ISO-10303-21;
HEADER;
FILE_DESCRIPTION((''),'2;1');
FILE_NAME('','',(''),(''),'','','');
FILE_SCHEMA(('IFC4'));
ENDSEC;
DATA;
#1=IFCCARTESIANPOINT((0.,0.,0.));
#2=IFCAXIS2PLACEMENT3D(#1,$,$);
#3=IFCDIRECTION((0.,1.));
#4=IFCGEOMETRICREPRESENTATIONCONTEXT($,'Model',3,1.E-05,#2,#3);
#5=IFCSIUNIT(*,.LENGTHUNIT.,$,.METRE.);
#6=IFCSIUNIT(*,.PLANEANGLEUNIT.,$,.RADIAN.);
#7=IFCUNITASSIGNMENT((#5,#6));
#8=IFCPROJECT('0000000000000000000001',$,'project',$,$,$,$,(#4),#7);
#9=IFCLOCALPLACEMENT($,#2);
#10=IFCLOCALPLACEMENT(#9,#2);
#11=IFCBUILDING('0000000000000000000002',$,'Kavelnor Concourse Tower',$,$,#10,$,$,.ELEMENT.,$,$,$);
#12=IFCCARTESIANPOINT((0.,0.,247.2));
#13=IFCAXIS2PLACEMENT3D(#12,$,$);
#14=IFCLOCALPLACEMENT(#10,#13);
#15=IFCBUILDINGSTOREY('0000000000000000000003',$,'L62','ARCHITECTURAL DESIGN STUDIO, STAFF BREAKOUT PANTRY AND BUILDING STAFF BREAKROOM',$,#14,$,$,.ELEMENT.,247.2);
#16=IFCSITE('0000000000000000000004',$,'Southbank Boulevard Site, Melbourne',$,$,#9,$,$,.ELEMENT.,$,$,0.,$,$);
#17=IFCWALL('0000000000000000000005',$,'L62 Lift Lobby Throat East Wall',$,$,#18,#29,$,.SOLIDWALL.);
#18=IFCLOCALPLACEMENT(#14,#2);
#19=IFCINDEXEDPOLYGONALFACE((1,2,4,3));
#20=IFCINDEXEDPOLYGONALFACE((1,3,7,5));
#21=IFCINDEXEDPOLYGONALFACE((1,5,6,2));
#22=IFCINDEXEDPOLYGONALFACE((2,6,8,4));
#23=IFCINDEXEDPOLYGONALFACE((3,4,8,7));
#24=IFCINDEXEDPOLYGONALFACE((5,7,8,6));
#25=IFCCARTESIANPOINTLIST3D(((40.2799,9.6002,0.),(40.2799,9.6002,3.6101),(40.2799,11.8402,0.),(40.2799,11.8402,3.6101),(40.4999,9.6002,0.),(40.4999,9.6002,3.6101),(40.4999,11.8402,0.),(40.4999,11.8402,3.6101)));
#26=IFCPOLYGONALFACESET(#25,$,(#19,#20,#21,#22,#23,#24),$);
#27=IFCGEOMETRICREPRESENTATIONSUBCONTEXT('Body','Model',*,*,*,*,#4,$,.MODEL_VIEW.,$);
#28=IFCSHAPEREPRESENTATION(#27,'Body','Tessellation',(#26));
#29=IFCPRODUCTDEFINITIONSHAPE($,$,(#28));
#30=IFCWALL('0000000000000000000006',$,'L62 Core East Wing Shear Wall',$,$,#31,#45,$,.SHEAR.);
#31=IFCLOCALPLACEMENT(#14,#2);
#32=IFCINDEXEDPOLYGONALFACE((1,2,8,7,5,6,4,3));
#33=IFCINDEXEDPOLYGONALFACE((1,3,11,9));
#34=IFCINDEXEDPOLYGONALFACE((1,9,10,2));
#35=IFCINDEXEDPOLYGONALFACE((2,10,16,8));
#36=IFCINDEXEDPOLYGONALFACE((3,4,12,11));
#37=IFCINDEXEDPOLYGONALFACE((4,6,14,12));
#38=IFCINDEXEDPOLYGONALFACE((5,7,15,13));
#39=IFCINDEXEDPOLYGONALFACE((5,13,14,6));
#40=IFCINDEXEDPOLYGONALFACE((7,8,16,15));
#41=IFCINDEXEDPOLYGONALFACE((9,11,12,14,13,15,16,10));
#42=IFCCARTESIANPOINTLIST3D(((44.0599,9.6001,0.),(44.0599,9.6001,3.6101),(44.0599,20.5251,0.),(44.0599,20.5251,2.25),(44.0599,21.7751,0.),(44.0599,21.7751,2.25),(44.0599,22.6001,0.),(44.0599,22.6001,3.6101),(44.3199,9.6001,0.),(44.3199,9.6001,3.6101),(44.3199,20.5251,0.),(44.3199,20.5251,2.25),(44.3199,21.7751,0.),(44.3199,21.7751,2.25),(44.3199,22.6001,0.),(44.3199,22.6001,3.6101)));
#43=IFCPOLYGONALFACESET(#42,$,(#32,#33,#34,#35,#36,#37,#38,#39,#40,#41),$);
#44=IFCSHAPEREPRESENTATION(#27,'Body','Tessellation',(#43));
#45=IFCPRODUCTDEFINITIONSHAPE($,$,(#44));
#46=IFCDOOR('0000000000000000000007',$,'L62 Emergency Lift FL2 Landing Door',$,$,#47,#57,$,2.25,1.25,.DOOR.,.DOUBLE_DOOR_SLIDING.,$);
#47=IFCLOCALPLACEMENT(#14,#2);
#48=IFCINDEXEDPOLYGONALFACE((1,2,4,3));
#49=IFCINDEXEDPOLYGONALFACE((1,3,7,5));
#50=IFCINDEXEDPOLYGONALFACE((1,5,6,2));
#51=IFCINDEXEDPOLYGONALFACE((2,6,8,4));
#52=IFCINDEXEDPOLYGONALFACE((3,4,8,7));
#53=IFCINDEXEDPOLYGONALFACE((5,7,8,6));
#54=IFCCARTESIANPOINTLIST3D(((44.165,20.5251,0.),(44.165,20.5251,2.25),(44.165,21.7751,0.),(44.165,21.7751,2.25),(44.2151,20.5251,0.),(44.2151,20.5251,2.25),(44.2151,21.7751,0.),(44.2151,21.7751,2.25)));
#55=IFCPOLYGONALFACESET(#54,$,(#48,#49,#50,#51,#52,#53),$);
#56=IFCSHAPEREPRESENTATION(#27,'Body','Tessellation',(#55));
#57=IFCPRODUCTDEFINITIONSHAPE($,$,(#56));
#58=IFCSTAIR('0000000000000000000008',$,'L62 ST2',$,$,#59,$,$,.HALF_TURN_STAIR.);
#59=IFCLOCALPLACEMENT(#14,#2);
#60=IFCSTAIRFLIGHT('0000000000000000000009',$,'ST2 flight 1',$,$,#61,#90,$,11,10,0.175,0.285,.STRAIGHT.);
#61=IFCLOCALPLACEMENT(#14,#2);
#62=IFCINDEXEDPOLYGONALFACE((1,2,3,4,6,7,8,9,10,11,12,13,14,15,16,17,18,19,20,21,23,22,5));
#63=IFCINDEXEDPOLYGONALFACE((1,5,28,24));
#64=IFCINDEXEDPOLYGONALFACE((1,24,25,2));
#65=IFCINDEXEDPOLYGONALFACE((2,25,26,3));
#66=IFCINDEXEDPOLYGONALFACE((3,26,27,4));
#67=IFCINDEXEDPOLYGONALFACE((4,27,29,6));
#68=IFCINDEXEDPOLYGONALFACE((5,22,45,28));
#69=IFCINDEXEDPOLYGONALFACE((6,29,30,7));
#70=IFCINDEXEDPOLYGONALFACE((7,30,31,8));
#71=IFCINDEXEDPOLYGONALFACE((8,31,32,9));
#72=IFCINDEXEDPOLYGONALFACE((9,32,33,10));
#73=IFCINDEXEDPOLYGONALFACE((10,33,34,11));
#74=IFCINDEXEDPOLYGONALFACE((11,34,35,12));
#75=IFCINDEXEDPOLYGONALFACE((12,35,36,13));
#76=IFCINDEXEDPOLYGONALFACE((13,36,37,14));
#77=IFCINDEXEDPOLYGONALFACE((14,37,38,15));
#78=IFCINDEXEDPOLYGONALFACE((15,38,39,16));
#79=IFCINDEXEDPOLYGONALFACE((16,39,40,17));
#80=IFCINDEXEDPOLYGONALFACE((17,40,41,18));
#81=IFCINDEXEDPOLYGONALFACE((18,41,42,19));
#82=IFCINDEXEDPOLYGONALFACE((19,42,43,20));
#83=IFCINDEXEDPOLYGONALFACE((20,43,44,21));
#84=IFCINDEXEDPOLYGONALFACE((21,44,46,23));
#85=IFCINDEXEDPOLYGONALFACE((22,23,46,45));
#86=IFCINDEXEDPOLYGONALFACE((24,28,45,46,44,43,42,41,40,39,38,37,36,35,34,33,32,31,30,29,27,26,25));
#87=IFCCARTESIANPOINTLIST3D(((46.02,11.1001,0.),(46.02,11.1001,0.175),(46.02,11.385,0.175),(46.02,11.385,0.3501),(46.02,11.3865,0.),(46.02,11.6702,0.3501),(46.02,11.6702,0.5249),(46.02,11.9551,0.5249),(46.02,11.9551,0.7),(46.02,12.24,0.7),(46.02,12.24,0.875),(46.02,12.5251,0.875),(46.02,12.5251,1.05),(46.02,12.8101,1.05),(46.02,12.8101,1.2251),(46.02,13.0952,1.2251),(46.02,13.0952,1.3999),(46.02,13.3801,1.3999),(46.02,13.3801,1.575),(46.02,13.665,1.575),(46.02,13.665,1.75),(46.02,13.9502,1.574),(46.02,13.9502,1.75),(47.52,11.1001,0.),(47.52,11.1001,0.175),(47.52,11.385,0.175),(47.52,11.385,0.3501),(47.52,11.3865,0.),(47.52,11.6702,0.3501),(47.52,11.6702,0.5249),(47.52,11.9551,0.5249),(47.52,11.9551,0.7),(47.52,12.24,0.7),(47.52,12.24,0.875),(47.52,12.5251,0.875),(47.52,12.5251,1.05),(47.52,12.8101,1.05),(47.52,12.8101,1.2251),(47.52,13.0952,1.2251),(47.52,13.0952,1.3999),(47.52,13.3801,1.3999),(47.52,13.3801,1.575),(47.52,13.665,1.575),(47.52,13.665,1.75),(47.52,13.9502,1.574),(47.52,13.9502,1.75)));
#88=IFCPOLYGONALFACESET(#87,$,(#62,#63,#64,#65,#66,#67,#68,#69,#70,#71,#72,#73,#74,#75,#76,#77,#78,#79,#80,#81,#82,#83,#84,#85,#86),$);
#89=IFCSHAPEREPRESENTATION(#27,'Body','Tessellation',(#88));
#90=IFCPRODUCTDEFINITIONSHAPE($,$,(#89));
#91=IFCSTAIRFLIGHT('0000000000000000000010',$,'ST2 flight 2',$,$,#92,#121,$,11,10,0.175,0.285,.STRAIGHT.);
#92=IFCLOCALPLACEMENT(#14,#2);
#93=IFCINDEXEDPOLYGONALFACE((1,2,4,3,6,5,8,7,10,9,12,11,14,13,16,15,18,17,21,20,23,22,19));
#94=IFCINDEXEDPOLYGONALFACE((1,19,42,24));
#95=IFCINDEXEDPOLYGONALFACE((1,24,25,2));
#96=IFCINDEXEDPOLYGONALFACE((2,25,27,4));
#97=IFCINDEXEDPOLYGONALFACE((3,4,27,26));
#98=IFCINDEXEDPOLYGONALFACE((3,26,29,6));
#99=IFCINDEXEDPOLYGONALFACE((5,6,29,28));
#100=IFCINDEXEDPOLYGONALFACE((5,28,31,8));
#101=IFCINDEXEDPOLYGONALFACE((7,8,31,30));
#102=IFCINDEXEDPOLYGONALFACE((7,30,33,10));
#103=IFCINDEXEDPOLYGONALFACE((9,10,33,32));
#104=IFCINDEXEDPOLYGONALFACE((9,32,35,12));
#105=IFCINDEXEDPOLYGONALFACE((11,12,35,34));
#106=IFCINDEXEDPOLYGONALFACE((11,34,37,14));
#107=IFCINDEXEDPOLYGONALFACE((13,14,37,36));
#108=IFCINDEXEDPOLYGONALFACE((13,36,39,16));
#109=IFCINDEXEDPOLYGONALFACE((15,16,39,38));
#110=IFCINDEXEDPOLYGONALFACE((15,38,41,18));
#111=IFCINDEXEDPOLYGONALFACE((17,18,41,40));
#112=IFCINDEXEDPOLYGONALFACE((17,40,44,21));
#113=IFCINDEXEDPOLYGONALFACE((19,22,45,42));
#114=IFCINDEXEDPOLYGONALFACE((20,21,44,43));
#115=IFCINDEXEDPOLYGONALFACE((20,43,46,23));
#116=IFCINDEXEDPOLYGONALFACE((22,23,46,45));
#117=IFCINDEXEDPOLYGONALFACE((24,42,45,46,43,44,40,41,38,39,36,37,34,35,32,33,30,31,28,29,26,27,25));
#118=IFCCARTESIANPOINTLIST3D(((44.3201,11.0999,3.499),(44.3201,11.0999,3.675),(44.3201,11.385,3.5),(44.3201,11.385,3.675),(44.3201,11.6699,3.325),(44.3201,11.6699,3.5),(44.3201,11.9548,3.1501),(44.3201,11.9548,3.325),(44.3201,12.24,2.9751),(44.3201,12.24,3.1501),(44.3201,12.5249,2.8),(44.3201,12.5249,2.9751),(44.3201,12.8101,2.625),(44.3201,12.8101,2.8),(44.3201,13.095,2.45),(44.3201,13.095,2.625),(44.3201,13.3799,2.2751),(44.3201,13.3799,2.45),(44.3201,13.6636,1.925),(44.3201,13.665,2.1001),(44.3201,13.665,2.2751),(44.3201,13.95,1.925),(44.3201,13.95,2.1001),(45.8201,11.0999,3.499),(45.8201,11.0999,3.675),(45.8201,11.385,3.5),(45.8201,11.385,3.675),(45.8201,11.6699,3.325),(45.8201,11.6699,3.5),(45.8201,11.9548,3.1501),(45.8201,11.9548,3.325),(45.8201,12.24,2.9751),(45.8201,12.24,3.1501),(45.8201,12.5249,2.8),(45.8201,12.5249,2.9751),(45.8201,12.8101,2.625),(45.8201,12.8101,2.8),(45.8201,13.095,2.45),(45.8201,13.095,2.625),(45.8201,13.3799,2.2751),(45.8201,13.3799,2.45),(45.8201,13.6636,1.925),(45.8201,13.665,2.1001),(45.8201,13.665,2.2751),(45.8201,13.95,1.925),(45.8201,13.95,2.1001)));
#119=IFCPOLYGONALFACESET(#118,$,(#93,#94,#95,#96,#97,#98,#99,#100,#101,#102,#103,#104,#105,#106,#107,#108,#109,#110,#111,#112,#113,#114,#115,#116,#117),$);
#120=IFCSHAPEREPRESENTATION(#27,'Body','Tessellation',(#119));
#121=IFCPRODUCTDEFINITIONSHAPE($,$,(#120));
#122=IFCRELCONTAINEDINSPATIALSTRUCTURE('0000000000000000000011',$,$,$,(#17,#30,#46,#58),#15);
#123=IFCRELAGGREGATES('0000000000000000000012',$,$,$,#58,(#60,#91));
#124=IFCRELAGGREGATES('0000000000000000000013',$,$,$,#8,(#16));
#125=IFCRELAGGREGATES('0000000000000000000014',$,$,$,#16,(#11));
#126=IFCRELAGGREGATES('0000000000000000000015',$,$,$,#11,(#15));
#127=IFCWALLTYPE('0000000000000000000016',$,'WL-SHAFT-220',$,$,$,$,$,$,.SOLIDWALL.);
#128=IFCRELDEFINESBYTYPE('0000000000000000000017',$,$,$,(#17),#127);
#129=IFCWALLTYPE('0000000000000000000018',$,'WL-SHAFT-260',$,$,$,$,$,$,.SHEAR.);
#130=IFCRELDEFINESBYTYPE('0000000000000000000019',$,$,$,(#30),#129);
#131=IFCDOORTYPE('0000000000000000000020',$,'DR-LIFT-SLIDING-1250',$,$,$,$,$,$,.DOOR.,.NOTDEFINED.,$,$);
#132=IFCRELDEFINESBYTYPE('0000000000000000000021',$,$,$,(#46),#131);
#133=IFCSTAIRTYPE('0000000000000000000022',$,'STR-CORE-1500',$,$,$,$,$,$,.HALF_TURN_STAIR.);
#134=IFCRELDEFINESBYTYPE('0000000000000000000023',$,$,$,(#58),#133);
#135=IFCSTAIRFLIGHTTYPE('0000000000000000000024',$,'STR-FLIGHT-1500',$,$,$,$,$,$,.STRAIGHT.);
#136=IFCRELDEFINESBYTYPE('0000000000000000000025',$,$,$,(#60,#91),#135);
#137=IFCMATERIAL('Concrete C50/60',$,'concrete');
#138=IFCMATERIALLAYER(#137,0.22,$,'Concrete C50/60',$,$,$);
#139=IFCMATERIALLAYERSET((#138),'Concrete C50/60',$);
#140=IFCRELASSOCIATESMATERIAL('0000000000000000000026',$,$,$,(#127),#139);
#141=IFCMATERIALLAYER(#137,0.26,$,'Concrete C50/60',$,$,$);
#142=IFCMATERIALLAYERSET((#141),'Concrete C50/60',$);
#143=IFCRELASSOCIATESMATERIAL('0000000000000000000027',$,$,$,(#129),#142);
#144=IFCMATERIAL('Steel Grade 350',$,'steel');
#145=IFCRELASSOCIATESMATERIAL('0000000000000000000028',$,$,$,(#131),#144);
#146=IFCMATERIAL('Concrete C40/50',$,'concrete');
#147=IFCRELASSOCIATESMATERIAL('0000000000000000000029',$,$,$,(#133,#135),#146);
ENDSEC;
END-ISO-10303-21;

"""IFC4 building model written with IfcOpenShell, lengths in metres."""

from ifc_helpers import new_model, si_unit, direction, frame, frame_2d, origin, place, context, subcontext, project, spatial, polyline, rectangle, outline, extrude, material, layer, layer_set, type_object, element, fill, aggregate, save


model = new_model("IFC4")

# Units and contexts
model_context = context("Model", 3, precision=1e-05, world=origin(), true_north=direction((0.0, 1.0)))
body_context = subcontext(model_context, "Body", "Model", "MODEL_VIEW")
ifc_project = project(units=[si_unit("LENGTHUNIT", "METRE"), si_unit("PLANEANGLEUNIT", "RADIAN")], contexts=[model_context])

# Site, building, storey
site_placement = place(None, origin())
site = spatial("IfcSite", under=ifc_project, at=site_placement, Name="Southbank Boulevard Site, Melbourne", CompositionType="ELEMENT", RefElevation=0.0)
building_placement = place(site_placement, origin())
building = spatial("IfcBuilding", under=site, at=building_placement, Name="Kavelnor Concourse Tower", CompositionType="ELEMENT")
storey_placement = place(building_placement, frame((0.0, 0.0, 247.2)))
storey = spatial("IfcBuildingStorey", under=building, at=storey_placement, Name="L62", Description="ARCHITECTURAL DESIGN STUDIO, STAFF BREAKOUT PANTRY AND BUILDING STAFF BREAKROOM", CompositionType="ELEMENT", Elevation=247.2)

# Shared definitions
ifc_material_1 = material(Name="Steel Grade 350", Category="steel")

# Shared definitions
ifc_material_2 = material(Name="Concrete C50/60", Category="concrete")
ifc_layer_1 = layer(ifc_material_2, 0.22, Name="Concrete C50/60")
ifc_layer_set_1 = layer_set([ifc_layer_1], Name="Concrete C50/60")
wall_type_1 = type_object("IfcWallType", Name="WL-SHAFT-220", PredefinedType="SOLIDWALL", material=ifc_layer_set_1)

# Wall
wall_1_placement = place(storey_placement, frame((40.3899, 9.6001, 0.0), z_axis=(0.0, 0.0, 1.0), x_axis=(0.0, 1.0, 0.0)))
element("IfcWall", 1, at=wall_1_placement, inside=storey, type_object=wall_type_1, Name="L62 Lift Lobby Throat East Wall", PredefinedType="SOLIDWALL", context=body_context, shape_type="SweptSolid", body=[
    extrude(rectangle(XDim=2.24, YDim=0.22, at=frame_2d((1.1201, 0.0))), origin(), (0.0, 0.0, 1.0), 3.6101),
])

# Wall, opening, door
ifc_layer_2 = layer(ifc_material_2, 0.26, Name="Concrete C50/60")
ifc_layer_set_2 = layer_set([ifc_layer_2], Name="Concrete C50/60")
wall_type_2 = type_object("IfcWallType", Name="WL-SHAFT-260", PredefinedType="SHEAR", material=ifc_layer_set_2)
wall_2_placement = place(storey_placement, frame((44.1899, 9.6001, 0.0), z_axis=(0.0, 0.0, 1.0), x_axis=(0.0, 1.0, 0.0)))
wall_2 = element("IfcWall", 2, at=wall_2_placement, inside=storey, type_object=wall_type_2, Name="L62 Core East Wing Shear Wall", PredefinedType="SHEAR", context=body_context, shape_type="SweptSolid", body=[
    extrude(rectangle(XDim=13.0, YDim=0.26, at=frame_2d((6.5, 0.0))), origin(), (0.0, 0.0, 1.0), 3.6101),
])
opening_1_placement = place(wall_2_placement, frame((10.925, 0.0, 0.0)))
opening_1 = element("IfcOpeningElement", 3, at=opening_1_placement, cuts=wall_2, PredefinedType="OPENING", context=body_context, shape_type="SweptSolid", body=[
    extrude(rectangle(XDim=1.25, YDim=2.25, at=frame_2d((0.625, 1.125))), frame((0.0, 0.1401, 0.0), z_axis=(0.0, -1.0, 0.0), x_axis=(1.0, 0.0, 0.0)), (0.0, 0.0, 1.0), 0.28),
])
door_type_1 = type_object("IfcDoorType", Name="DR-LIFT-SLIDING-1250", OperationType="NOTDEFINED", PredefinedType="DOOR", material=ifc_material_1)
door_1_placement = place(opening_1_placement, origin())
door_1 = element("IfcDoor", 4, at=door_1_placement, inside=storey, type_object=door_type_1, Name="L62 Emergency Lift FL2 Landing Door", OperationType="DOUBLE_DOOR_SLIDING", OverallHeight=2.25, OverallWidth=1.25, PredefinedType="DOOR", context=body_context, shape_type="SweptSolid", body=[
    extrude(rectangle(XDim=1.25, YDim=2.25, at=frame_2d((0.625, 1.125))), frame((0.0, 0.0249, 0.0), z_axis=(0.0, -1.0, 0.0), x_axis=(1.0, 0.0, 0.0)), (0.0, 0.0, 1.0), 0.05),
])
fill(opening_1, door_1)

# Stair, stair flights
ifc_material_3 = material(Name="Concrete C40/50", Category="concrete")
stair_type = type_object("IfcStairType", Name="STR-CORE-1500", PredefinedType="HALF_TURN_STAIR", material=ifc_material_3)
stair_placement = place(storey_placement, origin())
stair = element("IfcStair", 5, at=stair_placement, inside=storey, type_object=stair_type, Name="L62 ST2", PredefinedType="HALF_TURN_STAIR")
stair_flight_type = type_object("IfcStairFlightType", Name="STR-FLIGHT-1500", PredefinedType="STRAIGHT", material=ifc_material_3)
stair_flight_1_placement = place(storey_placement, frame((46.77, 11.1001, 0.0), z_axis=(0.0, 0.0, 1.0), x_axis=(0.0, 1.0, 0.0)))
stair_flight_1 = element("IfcStairFlight", 6, at=stair_flight_1_placement, type_object=stair_flight_type, Name="ST2 flight 1", NumberOfRisers=11, NumberOfTreads=10, PredefinedType="STRAIGHT", RiserHeight=0.175, TreadLength=0.285, context=body_context, shape_type="SweptSolid", body=[
    extrude(outline(polyline([(0.0, 0.0), (0.0, 0.175), (0.2849, 0.175), (0.2849, 0.3501), (0.5701, 0.3501), (0.5701, 0.5249), (0.855, 0.5249), (0.855, 0.7), (1.1399, 0.7), (1.1399, 0.875), (1.425, 0.875), (1.425, 1.05), (1.71, 1.05), (1.71, 1.2251), (1.9951, 1.2251), (1.9951, 1.3999), (2.28, 1.3999), (2.28, 1.575), (2.5649, 1.575), (2.5649, 1.75), (2.8501, 1.75), (2.8501, 1.925), (2.8501, 1.574), (0.2864, 0.0), (0.0, 0.0)])), frame((0.0, 0.75, 0.0), z_axis=(0.0, -1.0, 0.0), x_axis=(1.0, 0.0, 0.0)), (0.0, 0.0, 1.0), 1.5),
])
stair_flight_2_placement = place(storey_placement, frame((45.0701, 13.95, 1.925), z_axis=(0.0, 0.0, 1.0), x_axis=(0.0, -1.0, 0.0)))
stair_flight_2 = element("IfcStairFlight", 7, at=stair_flight_2_placement, type_object=stair_flight_type, Name="ST2 flight 2", NumberOfRisers=11, NumberOfTreads=10, PredefinedType="STRAIGHT", RiserHeight=0.175, TreadLength=0.285, context=body_context, shape_type="SweptSolid", body=[
    extrude(outline(polyline([(0.0, 0.0), (0.0, 0.175), (0.2849, 0.175), (0.2849, 0.3501), (0.5701, 0.3501), (0.5701, 0.5249), (0.855, 0.5249), (0.855, 0.7), (1.1399, 0.7), (1.1399, 0.875), (1.425, 0.875), (1.425, 1.05), (1.71, 1.05), (1.71, 1.2251), (1.9951, 1.2251), (1.9951, 1.3999), (2.28, 1.3999), (2.28, 1.575), (2.5649, 1.575), (2.5649, 1.75), (2.8501, 1.75), (2.8501, 1.925), (2.8501, 1.574), (0.2864, 0.0), (0.0, 0.0)])), frame((0.0, 0.75, 0.0), z_axis=(0.0, -1.0, 0.0), x_axis=(1.0, 0.0, 0.0)), (0.0, 0.0, 1.0), 1.5),
])
aggregate(stair, [stair_flight_1, stair_flight_2])

save(model, "model.ifc")
